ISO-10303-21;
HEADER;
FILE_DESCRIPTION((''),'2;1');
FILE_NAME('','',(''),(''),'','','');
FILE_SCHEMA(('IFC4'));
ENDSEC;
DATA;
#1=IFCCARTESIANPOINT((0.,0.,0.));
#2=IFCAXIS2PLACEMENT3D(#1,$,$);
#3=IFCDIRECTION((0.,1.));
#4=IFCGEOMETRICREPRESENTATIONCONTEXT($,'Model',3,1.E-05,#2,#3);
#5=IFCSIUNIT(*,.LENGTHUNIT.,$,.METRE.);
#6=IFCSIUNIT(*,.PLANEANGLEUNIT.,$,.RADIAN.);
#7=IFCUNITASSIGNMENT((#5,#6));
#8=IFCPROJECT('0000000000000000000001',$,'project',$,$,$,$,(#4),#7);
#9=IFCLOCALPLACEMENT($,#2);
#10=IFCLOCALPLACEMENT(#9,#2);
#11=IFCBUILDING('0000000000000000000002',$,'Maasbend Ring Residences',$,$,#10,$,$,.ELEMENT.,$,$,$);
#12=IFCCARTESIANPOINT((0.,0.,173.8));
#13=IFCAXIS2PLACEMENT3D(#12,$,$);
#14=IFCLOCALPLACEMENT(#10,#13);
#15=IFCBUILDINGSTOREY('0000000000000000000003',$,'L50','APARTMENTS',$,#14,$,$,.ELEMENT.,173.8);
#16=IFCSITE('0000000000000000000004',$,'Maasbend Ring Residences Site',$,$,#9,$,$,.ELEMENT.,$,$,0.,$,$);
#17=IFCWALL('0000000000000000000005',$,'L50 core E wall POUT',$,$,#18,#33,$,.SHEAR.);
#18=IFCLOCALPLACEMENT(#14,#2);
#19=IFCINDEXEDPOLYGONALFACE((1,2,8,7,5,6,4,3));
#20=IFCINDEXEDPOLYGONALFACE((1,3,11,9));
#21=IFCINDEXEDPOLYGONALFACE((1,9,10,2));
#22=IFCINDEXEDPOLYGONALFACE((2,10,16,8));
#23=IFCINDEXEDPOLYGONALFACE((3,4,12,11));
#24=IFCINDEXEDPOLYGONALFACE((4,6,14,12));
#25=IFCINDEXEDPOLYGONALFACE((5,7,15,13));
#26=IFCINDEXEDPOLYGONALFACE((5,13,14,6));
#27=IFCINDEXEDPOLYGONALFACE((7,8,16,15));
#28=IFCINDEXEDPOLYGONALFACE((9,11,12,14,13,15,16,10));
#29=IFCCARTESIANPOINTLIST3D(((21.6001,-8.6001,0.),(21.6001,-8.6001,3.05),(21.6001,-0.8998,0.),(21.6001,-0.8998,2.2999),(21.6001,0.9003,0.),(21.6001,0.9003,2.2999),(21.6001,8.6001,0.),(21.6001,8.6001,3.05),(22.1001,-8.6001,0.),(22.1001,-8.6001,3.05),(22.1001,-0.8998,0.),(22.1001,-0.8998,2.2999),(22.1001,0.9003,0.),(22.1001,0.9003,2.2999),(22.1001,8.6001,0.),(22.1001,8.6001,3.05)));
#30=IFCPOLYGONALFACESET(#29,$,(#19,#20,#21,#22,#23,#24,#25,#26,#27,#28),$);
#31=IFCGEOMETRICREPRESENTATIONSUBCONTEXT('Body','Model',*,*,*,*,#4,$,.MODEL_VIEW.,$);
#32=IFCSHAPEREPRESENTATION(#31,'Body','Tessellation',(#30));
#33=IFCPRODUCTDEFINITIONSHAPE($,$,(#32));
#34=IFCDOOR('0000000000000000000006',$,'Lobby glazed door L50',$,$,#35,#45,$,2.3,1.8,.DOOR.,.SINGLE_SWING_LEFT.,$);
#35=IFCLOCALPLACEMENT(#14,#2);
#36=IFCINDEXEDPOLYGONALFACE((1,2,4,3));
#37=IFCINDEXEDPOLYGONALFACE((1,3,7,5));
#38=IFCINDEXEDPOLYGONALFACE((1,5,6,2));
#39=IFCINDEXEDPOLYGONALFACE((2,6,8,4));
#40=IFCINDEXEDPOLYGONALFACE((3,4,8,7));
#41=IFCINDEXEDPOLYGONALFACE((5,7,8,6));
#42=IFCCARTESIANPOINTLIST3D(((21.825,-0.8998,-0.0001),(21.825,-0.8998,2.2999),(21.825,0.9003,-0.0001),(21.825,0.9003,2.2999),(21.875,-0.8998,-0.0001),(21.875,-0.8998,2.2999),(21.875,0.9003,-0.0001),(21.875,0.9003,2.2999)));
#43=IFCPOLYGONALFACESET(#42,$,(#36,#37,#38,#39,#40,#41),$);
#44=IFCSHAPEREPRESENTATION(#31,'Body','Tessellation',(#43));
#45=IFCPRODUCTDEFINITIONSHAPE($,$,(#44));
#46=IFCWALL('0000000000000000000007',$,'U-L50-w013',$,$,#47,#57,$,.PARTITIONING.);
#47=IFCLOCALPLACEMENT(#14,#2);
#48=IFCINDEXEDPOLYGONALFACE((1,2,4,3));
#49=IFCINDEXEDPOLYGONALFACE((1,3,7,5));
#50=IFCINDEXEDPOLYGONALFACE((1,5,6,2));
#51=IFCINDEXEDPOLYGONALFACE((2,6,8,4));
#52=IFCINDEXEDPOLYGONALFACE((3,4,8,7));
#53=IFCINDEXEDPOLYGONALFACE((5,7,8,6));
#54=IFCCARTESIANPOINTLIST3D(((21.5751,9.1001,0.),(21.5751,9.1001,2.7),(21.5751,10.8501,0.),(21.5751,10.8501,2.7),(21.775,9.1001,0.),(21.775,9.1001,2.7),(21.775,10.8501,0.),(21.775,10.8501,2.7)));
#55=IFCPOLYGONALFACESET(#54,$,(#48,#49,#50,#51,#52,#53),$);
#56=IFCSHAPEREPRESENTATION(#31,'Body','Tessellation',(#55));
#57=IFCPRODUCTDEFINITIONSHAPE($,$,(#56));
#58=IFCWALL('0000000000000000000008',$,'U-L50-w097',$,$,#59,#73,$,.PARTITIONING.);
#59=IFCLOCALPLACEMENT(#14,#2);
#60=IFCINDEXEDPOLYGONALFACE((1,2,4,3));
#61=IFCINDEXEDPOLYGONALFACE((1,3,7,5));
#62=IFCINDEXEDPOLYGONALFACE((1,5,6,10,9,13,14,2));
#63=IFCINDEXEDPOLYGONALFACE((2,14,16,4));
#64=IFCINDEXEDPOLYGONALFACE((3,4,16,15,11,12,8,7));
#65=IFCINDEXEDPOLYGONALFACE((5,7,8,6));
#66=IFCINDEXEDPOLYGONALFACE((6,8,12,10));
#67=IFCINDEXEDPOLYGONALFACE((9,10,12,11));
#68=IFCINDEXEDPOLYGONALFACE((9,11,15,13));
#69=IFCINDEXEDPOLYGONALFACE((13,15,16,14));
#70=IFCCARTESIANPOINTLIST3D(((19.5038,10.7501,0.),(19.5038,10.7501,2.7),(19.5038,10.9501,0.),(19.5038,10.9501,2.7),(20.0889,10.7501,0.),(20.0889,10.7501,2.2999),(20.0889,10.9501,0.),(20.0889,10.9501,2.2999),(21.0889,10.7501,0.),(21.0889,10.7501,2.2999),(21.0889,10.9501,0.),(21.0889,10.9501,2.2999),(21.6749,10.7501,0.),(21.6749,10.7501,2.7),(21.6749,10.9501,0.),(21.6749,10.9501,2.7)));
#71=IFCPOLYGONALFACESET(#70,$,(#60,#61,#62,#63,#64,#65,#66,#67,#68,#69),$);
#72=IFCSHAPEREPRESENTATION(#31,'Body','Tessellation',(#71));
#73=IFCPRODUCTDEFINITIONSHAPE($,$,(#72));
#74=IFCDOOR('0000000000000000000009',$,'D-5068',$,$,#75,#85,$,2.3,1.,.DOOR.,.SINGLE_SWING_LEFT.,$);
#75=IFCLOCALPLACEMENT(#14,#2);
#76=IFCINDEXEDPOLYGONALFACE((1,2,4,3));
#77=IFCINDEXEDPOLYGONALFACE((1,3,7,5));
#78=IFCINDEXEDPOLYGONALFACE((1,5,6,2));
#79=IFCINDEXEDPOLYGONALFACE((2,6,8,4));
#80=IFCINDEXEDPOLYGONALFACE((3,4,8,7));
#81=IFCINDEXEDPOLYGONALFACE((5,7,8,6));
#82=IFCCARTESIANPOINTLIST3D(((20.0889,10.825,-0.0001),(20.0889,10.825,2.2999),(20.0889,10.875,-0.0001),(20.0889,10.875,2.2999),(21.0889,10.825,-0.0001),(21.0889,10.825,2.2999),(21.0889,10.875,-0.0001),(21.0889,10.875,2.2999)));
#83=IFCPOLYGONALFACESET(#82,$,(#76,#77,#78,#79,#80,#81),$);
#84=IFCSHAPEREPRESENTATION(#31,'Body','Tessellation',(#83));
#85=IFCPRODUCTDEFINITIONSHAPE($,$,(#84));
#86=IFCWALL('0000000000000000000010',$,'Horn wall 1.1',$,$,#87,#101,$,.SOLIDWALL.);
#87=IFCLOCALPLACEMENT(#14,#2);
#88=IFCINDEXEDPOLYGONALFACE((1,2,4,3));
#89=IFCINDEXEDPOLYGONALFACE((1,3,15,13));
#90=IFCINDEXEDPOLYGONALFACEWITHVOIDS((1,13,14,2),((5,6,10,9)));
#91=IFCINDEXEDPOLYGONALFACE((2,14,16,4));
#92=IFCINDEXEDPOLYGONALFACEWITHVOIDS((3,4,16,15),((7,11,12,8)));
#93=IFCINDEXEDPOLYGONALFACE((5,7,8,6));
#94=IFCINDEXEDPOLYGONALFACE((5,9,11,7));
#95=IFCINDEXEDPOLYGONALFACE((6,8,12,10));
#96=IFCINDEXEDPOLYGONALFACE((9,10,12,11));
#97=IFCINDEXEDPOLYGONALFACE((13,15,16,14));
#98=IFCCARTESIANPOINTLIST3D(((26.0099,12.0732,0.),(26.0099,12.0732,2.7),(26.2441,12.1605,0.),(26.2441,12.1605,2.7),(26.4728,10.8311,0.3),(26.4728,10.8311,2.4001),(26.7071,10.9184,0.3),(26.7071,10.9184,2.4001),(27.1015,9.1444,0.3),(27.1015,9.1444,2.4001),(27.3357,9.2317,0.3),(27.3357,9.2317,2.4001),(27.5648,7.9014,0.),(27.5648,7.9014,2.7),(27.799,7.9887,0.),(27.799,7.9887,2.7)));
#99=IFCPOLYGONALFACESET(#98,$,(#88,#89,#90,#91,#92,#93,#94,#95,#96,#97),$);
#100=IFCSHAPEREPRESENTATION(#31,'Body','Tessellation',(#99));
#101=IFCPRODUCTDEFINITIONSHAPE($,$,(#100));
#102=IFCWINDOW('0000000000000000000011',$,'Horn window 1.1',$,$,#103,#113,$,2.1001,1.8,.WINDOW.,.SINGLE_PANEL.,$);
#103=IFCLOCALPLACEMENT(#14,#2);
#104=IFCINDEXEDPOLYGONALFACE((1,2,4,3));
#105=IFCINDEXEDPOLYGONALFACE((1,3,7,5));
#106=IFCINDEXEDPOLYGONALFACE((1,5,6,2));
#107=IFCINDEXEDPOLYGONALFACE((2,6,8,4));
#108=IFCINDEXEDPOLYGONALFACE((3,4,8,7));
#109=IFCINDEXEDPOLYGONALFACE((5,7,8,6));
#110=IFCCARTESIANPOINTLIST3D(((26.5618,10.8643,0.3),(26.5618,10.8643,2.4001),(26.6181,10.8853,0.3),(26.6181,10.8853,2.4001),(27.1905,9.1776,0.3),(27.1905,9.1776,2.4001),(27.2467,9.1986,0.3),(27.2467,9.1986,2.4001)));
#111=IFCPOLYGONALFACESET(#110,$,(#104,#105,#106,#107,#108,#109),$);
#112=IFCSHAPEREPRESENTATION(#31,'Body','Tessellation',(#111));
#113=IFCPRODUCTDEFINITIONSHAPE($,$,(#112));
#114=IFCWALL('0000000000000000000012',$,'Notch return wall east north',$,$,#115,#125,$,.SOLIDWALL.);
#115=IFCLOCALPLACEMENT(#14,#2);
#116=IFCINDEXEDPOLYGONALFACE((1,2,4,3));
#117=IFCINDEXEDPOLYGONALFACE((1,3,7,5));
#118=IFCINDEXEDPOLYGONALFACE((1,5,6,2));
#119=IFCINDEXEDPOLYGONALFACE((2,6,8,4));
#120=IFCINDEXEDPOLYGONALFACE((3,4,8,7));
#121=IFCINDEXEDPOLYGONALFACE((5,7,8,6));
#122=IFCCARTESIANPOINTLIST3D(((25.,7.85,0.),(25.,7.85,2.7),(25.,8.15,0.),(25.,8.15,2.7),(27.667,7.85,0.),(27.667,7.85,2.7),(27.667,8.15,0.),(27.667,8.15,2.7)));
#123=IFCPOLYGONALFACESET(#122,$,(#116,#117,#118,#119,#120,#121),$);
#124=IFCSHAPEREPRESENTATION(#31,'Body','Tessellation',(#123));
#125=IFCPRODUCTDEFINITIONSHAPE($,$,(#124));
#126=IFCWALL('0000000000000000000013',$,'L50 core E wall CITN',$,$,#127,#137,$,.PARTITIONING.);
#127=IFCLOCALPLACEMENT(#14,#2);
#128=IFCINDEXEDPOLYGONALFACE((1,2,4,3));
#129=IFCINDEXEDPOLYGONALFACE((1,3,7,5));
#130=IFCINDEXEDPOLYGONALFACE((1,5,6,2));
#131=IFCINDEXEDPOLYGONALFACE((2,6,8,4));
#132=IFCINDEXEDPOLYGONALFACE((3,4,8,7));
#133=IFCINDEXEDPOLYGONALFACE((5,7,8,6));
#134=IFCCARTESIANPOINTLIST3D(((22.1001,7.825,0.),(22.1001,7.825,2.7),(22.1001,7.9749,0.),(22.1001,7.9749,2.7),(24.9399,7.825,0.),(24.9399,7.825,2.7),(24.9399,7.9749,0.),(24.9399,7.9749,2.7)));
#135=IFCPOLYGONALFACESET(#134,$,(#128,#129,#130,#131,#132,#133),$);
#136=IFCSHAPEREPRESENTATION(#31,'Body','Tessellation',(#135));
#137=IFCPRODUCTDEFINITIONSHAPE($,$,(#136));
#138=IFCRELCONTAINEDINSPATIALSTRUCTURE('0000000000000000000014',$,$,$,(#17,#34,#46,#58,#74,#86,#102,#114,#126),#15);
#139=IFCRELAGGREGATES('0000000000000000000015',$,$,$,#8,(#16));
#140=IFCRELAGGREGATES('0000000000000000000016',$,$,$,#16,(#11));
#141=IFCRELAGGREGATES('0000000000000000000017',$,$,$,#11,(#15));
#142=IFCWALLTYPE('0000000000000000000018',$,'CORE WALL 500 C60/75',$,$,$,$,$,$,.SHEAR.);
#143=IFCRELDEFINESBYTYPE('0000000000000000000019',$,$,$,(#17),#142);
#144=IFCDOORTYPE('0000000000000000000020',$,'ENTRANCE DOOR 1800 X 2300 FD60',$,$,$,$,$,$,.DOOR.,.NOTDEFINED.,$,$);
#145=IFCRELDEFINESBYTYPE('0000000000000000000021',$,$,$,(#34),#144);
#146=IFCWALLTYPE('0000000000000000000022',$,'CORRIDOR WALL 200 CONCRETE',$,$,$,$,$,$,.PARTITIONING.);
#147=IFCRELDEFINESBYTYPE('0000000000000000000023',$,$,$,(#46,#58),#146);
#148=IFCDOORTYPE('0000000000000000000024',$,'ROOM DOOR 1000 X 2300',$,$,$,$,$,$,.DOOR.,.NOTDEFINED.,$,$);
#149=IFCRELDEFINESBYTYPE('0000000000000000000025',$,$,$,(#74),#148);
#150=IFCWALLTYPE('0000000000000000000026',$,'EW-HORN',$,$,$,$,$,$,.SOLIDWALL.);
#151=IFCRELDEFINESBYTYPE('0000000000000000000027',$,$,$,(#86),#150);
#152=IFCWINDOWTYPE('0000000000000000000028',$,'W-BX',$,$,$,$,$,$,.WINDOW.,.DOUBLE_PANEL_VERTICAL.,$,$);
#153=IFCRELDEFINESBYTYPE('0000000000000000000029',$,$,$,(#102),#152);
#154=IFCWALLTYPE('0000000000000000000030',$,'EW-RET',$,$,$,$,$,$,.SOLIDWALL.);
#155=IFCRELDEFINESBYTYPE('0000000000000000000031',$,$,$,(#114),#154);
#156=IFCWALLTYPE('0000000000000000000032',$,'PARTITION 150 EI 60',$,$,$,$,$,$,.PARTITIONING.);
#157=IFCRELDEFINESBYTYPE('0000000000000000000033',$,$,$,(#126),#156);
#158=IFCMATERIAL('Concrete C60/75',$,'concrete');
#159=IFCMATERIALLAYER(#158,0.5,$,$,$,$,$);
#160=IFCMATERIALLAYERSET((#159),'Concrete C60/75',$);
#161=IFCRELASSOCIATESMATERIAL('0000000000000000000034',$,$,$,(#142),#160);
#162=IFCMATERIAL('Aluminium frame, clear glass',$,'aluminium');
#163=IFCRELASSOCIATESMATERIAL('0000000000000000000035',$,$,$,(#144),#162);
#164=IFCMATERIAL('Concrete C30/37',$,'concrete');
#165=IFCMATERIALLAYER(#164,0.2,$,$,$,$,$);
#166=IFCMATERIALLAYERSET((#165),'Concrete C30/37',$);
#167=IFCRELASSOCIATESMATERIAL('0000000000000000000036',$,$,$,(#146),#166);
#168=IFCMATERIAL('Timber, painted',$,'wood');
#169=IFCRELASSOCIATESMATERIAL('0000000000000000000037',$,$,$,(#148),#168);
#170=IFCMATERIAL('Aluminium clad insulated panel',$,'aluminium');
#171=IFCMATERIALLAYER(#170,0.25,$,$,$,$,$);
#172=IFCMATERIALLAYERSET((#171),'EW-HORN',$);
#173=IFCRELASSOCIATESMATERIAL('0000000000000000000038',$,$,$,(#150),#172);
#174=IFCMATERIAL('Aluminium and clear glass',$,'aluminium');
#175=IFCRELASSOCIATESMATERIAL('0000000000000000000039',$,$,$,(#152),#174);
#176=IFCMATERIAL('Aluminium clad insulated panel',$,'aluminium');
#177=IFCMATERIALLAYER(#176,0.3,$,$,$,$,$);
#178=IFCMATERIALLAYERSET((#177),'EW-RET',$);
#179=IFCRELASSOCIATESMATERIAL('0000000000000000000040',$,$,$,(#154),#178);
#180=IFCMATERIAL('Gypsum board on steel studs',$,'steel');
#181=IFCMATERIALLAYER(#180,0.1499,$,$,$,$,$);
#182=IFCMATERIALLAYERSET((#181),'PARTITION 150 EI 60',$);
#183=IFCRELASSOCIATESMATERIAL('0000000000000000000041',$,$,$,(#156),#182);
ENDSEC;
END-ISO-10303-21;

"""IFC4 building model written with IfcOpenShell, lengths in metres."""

from ifc_helpers import new_model, si_unit, direction, frame, frame_2d, origin, place, context, subcontext, project, spatial, rectangle, extrude, material, layer, layer_set, type_object, element, fill, save


model = new_model("IFC4")

# Units and contexts
model_context = context("Model", 3, precision=1e-05, world=origin(), true_north=direction((0.0, 1.0)))
body_context = subcontext(model_context, "Body", "Model", "MODEL_VIEW")
ifc_project = project(units=[si_unit("LENGTHUNIT", "METRE"), si_unit("PLANEANGLEUNIT", "RADIAN")], contexts=[model_context])

# Site, building, storey
site_placement = place(None, origin())
site = spatial("IfcSite", under=ifc_project, at=site_placement, Name="Maasbend Ring Residences Site", CompositionType="ELEMENT", RefElevation=0.0)
building_placement = place(site_placement, origin())
building = spatial("IfcBuilding", under=site, at=building_placement, Name="Maasbend Ring Residences", CompositionType="ELEMENT")
storey_placement = place(building_placement, frame((0.0, 0.0, 173.8)))
storey = spatial("IfcBuildingStorey", under=building, at=storey_placement, Name="L50", Description="APARTMENTS", CompositionType="ELEMENT", Elevation=173.8)

# Wall, opening, door
ifc_material_1 = material(Name="Concrete C60/75", Category="concrete")
ifc_layer_1 = layer(ifc_material_1, 0.5)
ifc_layer_set_1 = layer_set([ifc_layer_1], Name="Concrete C60/75")
wall_type_1 = type_object("IfcWallType", Name="CORE WALL 500 C60/75", PredefinedType="SHEAR", material=ifc_layer_set_1)
wall_1_placement = place(storey_placement, frame((21.8501, 8.6001, 0.0), z_axis=(0.0, 0.0, 1.0), x_axis=(0.0, -1.0, 0.0)))
wall_1 = element("IfcWall", 1, at=wall_1_placement, inside=storey, type_object=wall_type_1, Name="L50 core E wall POUT", PredefinedType="SHEAR", context=body_context, shape_type="SweptSolid", body=[
    extrude(rectangle(XDim=17.2002, YDim=0.5, at=frame_2d((8.6001, 0.0))), origin(), (0.0, 0.0, 1.0), 3.05),
])
opening_1_placement = place(wall_1_placement, frame((7.7, 0.0, 0.0)))
opening_1 = element("IfcOpeningElement", 2, at=opening_1_placement, cuts=wall_1, PredefinedType="OPENING", context=body_context, shape_type="SweptSolid", body=[
    extrude(rectangle(XDim=1.8, YDim=2.3, at=frame_2d((0.8999, 1.1499))), frame((0.0, 0.26, 0.0), z_axis=(0.0, -1.0, 0.0), x_axis=(1.0, 0.0, 0.0)), (0.0, 0.0, 1.0), 0.52),
])
ifc_material_2 = material(Name="Aluminium frame, clear glass", Category="aluminium")
door_type_1 = type_object("IfcDoorType", Name="ENTRANCE DOOR 1800 X 2300 FD60", OperationType="NOTDEFINED", PredefinedType="DOOR", material=ifc_material_2)
door_1_placement = place(opening_1_placement, origin())
door_1 = element("IfcDoor", 3, at=door_1_placement, inside=storey, type_object=door_type_1, Name="Lobby glazed door L50", OperationType="SINGLE_SWING_LEFT", OverallHeight=2.3, OverallWidth=1.8, PredefinedType="DOOR", context=body_context, shape_type="SweptSolid", body=[
    extrude(rectangle(XDim=1.8, YDim=2.3, at=frame_2d((0.8999, 1.1499))), frame((0.0, 0.0249, 0.0), z_axis=(0.0, -1.0, 0.0), x_axis=(1.0, 0.0, 0.0)), (0.0, 0.0, 1.0), 0.05),
])
fill(opening_1, door_1)

# Wall
ifc_material_3 = material(Name="Concrete C30/37", Category="concrete")
ifc_layer_2 = layer(ifc_material_3, 0.2)
ifc_layer_set_2 = layer_set([ifc_layer_2], Name="Concrete C30/37")
wall_type_2 = type_object("IfcWallType", Name="CORRIDOR WALL 200 CONCRETE", PredefinedType="PARTITIONING", material=ifc_layer_set_2)
wall_2_placement = place(storey_placement, frame((21.675, 9.1001, 0.0), z_axis=(0.0, 0.0, 1.0), x_axis=(0.0, 1.0, 0.0)))
element("IfcWall", 4, at=wall_2_placement, inside=storey, type_object=wall_type_2, Name="U-L50-w013", PredefinedType="PARTITIONING", context=body_context, shape_type="SweptSolid", body=[
    extrude(rectangle(XDim=1.75, YDim=0.2, at=frame_2d((0.875, 0.0))), origin(), (0.0, 0.0, 1.0), 2.7),
])

# Wall, opening, door
wall_3_placement = place(storey_placement, frame((19.5039, 10.8501, 0.0), z_axis=(0.0, 0.0, 1.0), x_axis=(1.0, 0.0, 0.0)))
wall_3 = element("IfcWall", 5, at=wall_3_placement, inside=storey, type_object=wall_type_2, Name="U-L50-w097", PredefinedType="PARTITIONING", context=body_context, shape_type="SweptSolid", body=[
    extrude(rectangle(XDim=2.1711, YDim=0.2, at=frame_2d((1.0854, 0.0))), origin(), (0.0, 0.0, 1.0), 2.7),
])
opening_2_placement = place(wall_3_placement, frame((0.585, 0.0, 0.0)))
opening_2 = element("IfcOpeningElement", 6, at=opening_2_placement, cuts=wall_3, PredefinedType="OPENING", context=body_context, shape_type="SweptSolid", body=[
    extrude(rectangle(XDim=1.0, YDim=2.3, at=frame_2d((0.5, 1.1499))), frame((0.0, 0.1099, 0.0), z_axis=(0.0, -1.0, 0.0), x_axis=(1.0, 0.0, 0.0)), (0.0, 0.0, 1.0), 0.22),
])
ifc_material_4 = material(Name="Timber, painted", Category="wood")
door_type_2 = type_object("IfcDoorType", Name="ROOM DOOR 1000 X 2300", OperationType="NOTDEFINED", PredefinedType="DOOR", material=ifc_material_4)
door_2_placement = place(opening_2_placement, origin())
door_2 = element("IfcDoor", 7, at=door_2_placement, inside=storey, type_object=door_type_2, Name="D-5068", OperationType="SINGLE_SWING_LEFT", OverallHeight=2.3, OverallWidth=1.0, PredefinedType="DOOR", context=body_context, shape_type="SweptSolid", body=[
    extrude(rectangle(XDim=1.0, YDim=2.3, at=frame_2d((0.5, 1.1499))), frame((0.0, 0.0249, 0.0), z_axis=(0.0, -1.0, 0.0), x_axis=(1.0, 0.0, 0.0)), (0.0, 0.0, 1.0), 0.05),
])
fill(opening_2, door_2)

# Wall, opening, window
ifc_material_5 = material(Name="Aluminium clad insulated panel", Category="aluminium")
ifc_layer_3 = layer(ifc_material_5, 0.25)
ifc_layer_set_3 = layer_set([ifc_layer_3], Name="EW-HORN")
wall_type_3 = type_object("IfcWallType", Name="EW-HORN", PredefinedType="SOLIDWALL", material=ifc_layer_set_3)
wall_4_placement = place(storey_placement, frame((27.6819, 7.9451, 0.0), z_axis=(0.0, 0.0, 1.0), x_axis=(-0.349248, 0.93703, 0.0)))
wall_4 = element("IfcWall", 8, at=wall_4_placement, inside=storey, type_object=wall_type_3, Name="Horn wall 1.1", PredefinedType="SOLIDWALL", context=body_context, shape_type="SweptSolid", body=[
    extrude(rectangle(XDim=4.4521, YDim=0.25, at=frame_2d((2.2261, 0.0))), origin(), (0.0, 0.0, 1.0), 2.7),
])
opening_3_placement = place(wall_4_placement, frame((1.3267, 0.0, 0.3)))
opening_3 = element("IfcOpeningElement", 9, at=opening_3_placement, cuts=wall_4, PredefinedType="OPENING", context=body_context, shape_type="SweptSolid", body=[
    extrude(rectangle(XDim=1.8, YDim=2.1001, at=frame_2d((0.8999, 1.05))), frame((0.0, 0.135, 0.0), z_axis=(0.0, -1.0, 0.0), x_axis=(1.0, 0.0, 0.0)), (0.0, 0.0, 1.0), 0.27),
])
ifc_material_6 = material(Name="Aluminium and clear glass", Category="aluminium")
window_type = type_object("IfcWindowType", Name="W-BX", PartitioningType="DOUBLE_PANEL_VERTICAL", PredefinedType="WINDOW", material=ifc_material_6)
window_placement = place(opening_3_placement, origin())
window = element("IfcWindow", 10, at=window_placement, inside=storey, type_object=window_type, Name="Horn window 1.1", OverallHeight=2.1001, OverallWidth=1.8, PartitioningType="SINGLE_PANEL", PredefinedType="WINDOW", context=body_context, shape_type="SweptSolid", body=[
    extrude(rectangle(XDim=1.8, YDim=2.1001, at=frame_2d((0.8999, 1.05))), frame((0.0, 0.03, 0.0), z_axis=(0.0, -1.0, 0.0), x_axis=(1.0, 0.0, 0.0)), (0.0, 0.0, 1.0), 0.0601),
])
fill(opening_3, window)

# Walls
ifc_material_7 = material(Name="Aluminium clad insulated panel", Category="aluminium")
ifc_layer_4 = layer(ifc_material_7, 0.3)
ifc_layer_set_4 = layer_set([ifc_layer_4], Name="EW-RET")
wall_type_4 = type_object("IfcWallType", Name="EW-RET", PredefinedType="SOLIDWALL", material=ifc_layer_set_4)
wall_5_placement = place(storey_placement, frame((25.0, 8.0, 0.0), z_axis=(0.0, 0.0, 1.0), x_axis=(1.0, 0.0, 0.0)))
element("IfcWall", 11, at=wall_5_placement, inside=storey, type_object=wall_type_4, Name="Notch return wall east north", PredefinedType="SOLIDWALL", context=body_context, shape_type="SweptSolid", body=[
    extrude(rectangle(XDim=2.667, YDim=0.3, at=frame_2d((1.3335, 0.0))), origin(), (0.0, 0.0, 1.0), 2.7),
])
ifc_material_8 = material(Name="Gypsum board on steel studs", Category="steel")
ifc_layer_5 = layer(ifc_material_8, 0.1499)
ifc_layer_set_5 = layer_set([ifc_layer_5], Name="PARTITION 150 EI 60")
wall_type_5 = type_object("IfcWallType", Name="PARTITION 150 EI 60", PredefinedType="PARTITIONING", material=ifc_layer_set_5)
wall_6_placement = place(storey_placement, frame((22.1001, 7.8999, 0.0), z_axis=(0.0, 0.0, 1.0), x_axis=(1.0, 0.0, 0.0)))
element("IfcWall", 12, at=wall_6_placement, inside=storey, type_object=wall_type_5, Name="L50 core E wall CITN", PredefinedType="PARTITIONING", context=body_context, shape_type="SweptSolid", body=[
    extrude(rectangle(XDim=2.8398, YDim=0.1499, at=frame_2d((1.4199, 0.0))), origin(), (0.0, 0.0, 1.0), 2.7),
])

save(model, "model.ifc")
